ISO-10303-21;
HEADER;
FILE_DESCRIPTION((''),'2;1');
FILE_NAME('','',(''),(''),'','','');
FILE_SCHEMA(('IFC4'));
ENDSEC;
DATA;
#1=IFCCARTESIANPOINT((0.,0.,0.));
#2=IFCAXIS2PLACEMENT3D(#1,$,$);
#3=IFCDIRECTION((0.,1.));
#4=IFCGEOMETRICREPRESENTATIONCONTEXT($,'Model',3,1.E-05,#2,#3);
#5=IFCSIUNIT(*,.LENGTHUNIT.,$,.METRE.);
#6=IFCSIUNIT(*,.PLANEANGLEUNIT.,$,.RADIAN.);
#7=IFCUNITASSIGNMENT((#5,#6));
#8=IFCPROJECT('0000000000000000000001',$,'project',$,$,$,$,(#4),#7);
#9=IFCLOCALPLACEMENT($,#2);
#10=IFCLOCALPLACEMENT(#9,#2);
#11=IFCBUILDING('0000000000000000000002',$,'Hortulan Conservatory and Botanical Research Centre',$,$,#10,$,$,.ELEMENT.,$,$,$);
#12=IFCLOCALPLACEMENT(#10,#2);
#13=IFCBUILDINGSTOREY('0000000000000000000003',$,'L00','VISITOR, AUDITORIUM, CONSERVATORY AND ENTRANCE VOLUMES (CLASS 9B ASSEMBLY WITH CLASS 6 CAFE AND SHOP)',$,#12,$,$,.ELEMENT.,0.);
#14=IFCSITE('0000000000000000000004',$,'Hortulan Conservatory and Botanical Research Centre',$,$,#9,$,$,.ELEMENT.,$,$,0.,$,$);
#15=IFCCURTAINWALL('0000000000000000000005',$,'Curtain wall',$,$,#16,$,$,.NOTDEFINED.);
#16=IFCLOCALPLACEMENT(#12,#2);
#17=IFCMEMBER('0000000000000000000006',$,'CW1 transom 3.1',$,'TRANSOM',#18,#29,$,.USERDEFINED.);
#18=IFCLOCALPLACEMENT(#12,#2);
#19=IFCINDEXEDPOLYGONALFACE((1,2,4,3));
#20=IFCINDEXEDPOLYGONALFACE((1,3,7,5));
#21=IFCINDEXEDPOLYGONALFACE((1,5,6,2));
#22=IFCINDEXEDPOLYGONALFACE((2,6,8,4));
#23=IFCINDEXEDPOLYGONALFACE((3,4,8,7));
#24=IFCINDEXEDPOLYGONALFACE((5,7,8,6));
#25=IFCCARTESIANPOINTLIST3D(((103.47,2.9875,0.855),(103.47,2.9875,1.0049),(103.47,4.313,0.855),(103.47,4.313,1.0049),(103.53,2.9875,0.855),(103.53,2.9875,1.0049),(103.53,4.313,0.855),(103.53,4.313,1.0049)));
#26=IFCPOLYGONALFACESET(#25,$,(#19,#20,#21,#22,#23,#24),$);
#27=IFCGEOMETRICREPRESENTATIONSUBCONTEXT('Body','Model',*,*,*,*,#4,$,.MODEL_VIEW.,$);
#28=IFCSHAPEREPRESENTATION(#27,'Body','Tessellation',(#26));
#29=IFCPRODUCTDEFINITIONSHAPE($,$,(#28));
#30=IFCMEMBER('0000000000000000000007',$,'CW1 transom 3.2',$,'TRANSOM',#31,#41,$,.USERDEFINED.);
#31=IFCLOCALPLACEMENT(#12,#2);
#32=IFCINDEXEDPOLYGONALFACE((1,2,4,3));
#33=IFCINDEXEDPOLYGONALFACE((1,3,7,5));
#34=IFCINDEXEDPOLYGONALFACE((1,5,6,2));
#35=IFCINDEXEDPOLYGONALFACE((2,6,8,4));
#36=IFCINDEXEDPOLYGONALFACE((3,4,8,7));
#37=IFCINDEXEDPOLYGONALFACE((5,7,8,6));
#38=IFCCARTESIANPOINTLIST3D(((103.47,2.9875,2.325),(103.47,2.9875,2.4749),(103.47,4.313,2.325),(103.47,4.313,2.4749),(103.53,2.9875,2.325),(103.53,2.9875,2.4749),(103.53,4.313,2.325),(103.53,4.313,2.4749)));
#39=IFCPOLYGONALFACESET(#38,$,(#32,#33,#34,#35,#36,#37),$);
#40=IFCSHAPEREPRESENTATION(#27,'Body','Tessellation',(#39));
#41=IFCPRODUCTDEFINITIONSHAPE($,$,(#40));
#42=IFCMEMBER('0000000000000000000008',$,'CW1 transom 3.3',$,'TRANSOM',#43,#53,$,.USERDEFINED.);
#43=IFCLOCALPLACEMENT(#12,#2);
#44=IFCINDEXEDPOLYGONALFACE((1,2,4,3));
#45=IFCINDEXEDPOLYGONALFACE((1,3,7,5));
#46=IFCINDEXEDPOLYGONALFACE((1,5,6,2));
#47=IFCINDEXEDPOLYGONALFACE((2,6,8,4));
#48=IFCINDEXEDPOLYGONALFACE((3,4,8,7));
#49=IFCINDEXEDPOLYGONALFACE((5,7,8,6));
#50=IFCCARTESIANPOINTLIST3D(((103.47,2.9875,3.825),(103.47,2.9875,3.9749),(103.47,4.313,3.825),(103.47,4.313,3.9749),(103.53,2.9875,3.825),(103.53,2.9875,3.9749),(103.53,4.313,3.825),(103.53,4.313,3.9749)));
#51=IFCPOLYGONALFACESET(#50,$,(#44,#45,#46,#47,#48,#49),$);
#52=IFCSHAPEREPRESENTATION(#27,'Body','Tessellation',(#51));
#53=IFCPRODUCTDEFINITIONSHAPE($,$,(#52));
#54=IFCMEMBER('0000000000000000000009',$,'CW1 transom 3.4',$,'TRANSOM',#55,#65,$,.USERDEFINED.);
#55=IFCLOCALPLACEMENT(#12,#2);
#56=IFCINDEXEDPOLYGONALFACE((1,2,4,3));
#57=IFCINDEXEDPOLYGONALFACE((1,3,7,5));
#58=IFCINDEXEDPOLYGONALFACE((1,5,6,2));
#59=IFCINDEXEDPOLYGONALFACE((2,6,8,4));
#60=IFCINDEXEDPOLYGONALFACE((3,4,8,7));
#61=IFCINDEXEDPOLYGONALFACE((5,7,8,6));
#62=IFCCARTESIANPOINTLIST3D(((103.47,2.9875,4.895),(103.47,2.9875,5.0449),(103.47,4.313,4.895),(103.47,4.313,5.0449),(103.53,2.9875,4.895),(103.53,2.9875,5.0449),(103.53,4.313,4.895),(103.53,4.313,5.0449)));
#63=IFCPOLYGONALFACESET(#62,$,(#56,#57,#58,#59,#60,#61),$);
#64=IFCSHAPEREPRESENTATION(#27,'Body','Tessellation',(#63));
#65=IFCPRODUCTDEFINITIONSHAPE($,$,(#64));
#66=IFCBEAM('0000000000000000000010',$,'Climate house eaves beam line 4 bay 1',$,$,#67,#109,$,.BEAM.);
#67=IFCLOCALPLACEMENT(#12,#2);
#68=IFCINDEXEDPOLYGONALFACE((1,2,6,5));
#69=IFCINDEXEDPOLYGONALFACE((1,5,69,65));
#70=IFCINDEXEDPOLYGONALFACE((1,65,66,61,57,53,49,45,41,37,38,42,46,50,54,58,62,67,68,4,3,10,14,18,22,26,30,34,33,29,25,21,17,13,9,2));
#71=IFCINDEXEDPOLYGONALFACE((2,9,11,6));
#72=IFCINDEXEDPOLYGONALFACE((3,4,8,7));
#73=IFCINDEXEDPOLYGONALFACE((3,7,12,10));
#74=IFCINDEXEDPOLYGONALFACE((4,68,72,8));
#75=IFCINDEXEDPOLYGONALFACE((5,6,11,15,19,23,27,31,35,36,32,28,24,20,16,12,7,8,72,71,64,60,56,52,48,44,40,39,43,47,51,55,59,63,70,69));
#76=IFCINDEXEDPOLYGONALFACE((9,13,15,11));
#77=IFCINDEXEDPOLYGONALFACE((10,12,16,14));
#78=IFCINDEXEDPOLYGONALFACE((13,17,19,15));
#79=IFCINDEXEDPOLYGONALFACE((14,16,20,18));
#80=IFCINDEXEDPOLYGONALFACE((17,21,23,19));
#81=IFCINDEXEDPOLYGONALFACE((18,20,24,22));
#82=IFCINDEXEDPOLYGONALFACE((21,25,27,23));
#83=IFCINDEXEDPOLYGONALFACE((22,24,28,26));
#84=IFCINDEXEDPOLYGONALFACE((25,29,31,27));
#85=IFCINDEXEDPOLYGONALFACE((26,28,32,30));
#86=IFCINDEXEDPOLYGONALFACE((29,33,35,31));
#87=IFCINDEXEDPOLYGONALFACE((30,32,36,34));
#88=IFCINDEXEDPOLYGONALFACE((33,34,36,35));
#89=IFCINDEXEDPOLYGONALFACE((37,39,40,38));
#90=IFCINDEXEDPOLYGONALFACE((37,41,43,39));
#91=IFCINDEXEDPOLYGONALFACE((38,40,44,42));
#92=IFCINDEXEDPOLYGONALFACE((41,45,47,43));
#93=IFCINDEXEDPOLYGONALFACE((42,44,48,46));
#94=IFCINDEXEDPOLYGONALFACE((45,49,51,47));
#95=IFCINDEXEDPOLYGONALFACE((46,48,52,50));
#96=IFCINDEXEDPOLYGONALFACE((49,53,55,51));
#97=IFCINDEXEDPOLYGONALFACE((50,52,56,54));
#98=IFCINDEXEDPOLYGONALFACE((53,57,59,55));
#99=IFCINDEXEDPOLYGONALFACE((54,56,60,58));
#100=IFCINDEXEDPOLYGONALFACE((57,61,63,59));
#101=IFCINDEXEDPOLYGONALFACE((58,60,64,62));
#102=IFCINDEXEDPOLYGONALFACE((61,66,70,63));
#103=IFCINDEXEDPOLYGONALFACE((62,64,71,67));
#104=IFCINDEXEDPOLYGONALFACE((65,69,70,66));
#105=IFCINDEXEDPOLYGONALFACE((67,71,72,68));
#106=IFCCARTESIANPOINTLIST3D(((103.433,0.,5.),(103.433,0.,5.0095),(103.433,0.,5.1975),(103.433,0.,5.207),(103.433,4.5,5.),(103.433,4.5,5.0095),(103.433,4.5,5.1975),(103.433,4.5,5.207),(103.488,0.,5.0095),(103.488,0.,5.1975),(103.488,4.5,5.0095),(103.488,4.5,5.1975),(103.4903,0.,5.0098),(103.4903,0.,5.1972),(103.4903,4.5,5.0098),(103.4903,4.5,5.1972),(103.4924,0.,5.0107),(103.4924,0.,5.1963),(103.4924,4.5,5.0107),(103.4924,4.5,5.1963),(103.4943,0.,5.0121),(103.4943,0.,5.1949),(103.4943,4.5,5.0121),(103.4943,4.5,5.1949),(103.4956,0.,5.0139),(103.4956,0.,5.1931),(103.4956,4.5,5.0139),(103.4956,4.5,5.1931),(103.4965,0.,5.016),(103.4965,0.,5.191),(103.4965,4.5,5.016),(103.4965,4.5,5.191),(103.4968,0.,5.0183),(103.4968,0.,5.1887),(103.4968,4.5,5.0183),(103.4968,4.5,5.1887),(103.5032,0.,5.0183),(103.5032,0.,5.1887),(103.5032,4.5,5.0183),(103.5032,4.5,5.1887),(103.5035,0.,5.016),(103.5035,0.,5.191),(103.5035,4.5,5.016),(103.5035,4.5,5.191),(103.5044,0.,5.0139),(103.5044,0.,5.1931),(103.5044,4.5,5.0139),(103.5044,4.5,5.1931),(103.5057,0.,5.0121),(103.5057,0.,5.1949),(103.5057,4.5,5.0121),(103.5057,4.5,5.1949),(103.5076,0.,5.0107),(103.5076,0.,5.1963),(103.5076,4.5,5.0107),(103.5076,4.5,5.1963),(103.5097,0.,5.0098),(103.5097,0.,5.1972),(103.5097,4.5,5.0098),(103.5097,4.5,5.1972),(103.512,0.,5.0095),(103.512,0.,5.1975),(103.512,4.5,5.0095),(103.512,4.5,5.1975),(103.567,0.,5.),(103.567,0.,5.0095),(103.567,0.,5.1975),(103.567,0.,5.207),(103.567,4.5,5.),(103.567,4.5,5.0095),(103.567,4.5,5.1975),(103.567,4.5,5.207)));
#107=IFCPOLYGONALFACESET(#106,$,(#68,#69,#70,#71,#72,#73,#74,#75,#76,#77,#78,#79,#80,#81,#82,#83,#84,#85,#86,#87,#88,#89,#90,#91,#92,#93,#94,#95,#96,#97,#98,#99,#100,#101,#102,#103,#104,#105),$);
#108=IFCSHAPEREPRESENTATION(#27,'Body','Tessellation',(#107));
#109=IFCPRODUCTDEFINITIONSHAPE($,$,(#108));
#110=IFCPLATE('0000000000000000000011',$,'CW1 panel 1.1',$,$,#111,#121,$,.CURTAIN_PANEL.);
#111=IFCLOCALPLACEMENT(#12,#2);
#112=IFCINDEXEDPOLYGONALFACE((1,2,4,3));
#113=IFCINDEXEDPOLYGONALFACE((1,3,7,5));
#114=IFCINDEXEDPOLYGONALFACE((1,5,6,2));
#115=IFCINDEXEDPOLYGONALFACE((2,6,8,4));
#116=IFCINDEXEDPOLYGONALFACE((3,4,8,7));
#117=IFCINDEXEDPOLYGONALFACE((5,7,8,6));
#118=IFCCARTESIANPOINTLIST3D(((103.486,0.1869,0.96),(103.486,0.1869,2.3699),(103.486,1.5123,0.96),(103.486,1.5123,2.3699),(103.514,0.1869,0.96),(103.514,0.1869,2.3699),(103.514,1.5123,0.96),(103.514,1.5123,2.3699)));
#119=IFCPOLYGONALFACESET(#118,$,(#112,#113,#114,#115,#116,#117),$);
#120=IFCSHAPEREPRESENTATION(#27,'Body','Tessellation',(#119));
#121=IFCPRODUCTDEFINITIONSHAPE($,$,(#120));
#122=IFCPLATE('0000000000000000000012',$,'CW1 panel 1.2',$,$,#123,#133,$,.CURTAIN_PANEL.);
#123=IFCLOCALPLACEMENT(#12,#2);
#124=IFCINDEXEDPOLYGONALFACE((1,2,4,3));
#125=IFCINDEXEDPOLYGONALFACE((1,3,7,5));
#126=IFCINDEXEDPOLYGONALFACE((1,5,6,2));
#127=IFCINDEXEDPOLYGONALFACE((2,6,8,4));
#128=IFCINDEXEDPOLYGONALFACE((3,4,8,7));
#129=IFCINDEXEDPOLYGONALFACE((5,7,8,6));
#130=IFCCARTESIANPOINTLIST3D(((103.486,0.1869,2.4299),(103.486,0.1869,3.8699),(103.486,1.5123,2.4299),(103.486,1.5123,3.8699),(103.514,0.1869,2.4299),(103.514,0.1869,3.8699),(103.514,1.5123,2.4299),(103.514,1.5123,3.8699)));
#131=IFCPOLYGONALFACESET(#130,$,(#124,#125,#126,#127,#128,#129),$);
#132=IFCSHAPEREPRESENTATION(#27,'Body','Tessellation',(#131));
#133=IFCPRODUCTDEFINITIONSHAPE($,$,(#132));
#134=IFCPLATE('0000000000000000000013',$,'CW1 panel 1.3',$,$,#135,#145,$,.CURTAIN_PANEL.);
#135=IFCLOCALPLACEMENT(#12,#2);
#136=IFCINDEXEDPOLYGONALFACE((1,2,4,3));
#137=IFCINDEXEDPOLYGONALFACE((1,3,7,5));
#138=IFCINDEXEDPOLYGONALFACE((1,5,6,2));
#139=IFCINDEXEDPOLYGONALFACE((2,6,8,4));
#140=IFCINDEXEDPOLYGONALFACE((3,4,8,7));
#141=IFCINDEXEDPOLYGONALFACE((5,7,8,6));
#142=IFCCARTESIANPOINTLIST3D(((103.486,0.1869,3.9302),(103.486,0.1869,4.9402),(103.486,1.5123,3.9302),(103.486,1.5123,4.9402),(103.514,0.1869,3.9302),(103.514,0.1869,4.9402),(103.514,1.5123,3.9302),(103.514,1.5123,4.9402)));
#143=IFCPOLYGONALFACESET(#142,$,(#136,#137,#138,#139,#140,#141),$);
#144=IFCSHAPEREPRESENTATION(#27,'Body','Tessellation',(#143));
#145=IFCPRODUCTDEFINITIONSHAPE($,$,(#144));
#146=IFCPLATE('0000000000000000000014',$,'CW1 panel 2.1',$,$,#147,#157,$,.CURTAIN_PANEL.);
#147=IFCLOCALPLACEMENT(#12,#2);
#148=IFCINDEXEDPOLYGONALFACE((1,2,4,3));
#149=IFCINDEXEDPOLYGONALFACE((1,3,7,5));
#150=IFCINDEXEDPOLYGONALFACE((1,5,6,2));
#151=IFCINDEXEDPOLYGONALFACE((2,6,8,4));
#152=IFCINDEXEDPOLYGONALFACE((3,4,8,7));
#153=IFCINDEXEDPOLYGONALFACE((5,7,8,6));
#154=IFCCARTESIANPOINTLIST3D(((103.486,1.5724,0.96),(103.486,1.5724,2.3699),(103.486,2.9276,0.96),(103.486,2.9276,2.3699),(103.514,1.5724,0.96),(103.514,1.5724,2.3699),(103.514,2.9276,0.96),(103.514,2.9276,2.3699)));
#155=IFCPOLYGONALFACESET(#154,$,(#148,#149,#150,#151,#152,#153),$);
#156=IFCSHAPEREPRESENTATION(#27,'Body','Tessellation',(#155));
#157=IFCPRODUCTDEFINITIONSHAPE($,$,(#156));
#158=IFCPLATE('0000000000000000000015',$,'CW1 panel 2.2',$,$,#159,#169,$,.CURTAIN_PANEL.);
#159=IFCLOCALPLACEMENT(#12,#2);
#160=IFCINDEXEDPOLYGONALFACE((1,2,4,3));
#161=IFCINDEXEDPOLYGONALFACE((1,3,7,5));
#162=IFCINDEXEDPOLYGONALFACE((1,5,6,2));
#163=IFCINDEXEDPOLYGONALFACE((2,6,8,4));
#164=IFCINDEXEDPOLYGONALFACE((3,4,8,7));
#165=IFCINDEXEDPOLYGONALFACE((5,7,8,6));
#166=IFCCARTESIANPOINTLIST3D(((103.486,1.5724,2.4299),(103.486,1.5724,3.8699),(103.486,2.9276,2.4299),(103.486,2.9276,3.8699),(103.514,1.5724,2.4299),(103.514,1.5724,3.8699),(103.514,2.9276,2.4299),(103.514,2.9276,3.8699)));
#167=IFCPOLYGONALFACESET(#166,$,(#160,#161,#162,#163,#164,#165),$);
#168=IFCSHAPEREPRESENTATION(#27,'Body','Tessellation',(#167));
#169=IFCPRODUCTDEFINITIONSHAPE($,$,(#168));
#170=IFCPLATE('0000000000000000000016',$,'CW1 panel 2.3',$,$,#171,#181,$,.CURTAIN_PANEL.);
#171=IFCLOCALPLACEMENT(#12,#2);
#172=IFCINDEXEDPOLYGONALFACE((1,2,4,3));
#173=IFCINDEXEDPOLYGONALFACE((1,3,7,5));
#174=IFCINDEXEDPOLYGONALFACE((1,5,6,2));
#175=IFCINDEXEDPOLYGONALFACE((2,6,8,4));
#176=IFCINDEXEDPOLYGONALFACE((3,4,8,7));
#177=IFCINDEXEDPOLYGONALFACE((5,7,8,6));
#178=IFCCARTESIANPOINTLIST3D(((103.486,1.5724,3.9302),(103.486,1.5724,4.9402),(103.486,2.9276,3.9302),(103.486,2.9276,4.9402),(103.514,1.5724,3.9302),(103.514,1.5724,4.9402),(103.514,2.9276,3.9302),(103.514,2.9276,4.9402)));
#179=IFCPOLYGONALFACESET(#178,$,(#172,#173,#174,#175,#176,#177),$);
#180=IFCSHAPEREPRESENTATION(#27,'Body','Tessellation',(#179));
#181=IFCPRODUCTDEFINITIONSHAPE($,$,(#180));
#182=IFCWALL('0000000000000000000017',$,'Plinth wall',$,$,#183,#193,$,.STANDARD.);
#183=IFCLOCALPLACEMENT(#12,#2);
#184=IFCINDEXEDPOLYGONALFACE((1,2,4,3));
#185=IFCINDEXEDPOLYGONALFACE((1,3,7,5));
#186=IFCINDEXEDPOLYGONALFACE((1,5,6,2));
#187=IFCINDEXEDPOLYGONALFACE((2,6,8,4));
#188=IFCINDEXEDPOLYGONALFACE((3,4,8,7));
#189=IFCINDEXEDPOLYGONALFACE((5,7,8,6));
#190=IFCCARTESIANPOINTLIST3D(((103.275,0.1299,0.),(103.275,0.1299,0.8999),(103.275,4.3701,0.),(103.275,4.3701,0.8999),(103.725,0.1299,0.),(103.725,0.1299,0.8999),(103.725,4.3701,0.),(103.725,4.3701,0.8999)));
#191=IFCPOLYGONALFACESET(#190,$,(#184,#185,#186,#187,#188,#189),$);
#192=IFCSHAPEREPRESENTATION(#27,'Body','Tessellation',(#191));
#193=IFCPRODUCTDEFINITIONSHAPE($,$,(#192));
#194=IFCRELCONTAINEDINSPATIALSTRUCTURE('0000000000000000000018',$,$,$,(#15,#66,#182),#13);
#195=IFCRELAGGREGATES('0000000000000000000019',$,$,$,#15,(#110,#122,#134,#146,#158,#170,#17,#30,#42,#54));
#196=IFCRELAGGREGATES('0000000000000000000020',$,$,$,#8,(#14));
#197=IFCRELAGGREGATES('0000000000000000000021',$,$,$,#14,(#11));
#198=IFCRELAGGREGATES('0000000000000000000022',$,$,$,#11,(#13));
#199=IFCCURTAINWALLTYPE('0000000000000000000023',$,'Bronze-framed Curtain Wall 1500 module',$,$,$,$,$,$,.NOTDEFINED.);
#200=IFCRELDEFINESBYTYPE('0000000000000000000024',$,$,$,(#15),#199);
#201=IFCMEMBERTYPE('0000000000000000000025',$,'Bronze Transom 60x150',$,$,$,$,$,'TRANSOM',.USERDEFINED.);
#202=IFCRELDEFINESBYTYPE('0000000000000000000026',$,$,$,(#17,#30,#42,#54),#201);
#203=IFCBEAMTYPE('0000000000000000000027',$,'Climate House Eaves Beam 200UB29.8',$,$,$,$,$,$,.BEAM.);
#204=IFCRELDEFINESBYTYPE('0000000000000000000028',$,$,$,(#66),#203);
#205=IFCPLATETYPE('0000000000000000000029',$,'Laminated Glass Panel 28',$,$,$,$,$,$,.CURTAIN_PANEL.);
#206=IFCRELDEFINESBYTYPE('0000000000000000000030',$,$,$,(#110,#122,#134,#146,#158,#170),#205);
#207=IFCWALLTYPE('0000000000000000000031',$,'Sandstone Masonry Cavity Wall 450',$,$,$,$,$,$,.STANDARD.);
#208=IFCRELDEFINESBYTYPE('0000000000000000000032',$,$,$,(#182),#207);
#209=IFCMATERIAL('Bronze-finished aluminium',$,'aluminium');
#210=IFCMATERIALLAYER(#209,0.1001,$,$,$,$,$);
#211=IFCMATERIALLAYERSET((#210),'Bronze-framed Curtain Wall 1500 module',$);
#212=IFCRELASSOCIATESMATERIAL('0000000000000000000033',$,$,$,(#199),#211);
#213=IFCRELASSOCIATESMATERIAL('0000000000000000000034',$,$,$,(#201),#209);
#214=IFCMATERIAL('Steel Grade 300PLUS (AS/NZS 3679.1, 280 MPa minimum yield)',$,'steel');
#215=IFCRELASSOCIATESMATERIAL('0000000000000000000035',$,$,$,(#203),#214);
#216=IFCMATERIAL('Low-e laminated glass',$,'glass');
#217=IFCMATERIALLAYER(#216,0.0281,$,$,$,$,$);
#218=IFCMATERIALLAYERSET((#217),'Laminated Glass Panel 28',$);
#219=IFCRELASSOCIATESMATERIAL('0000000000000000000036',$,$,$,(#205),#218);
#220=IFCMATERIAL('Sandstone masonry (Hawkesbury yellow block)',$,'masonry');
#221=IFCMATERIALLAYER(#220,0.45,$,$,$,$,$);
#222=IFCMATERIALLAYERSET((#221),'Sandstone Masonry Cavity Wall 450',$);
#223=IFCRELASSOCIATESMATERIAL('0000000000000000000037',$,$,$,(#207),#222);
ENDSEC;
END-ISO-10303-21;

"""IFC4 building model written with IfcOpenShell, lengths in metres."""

from ifc_helpers import new_model, si_unit, direction, frame, frame_2d, origin, origin_2d, place, context, subcontext, project, spatial, rectangle, i_section, extrude, material, layer, layer_set, material_profile, profile_set, type_object, element, aggregate, save


model = new_model("IFC4")

# Units and contexts
model_context = context("Model", 3, precision=1e-05, world=origin(), true_north=direction((0.0, 1.0)))
body_context = subcontext(model_context, "Body", "Model", "MODEL_VIEW")
ifc_project = project(units=[si_unit("LENGTHUNIT", "METRE"), si_unit("PLANEANGLEUNIT", "RADIAN")], contexts=[model_context])

# Site, building, storey
site_placement = place(None, origin())
site = spatial("IfcSite", under=ifc_project, at=site_placement, Name="Hortulan Conservatory and Botanical Research Centre", CompositionType="ELEMENT", RefElevation=0.0)
building_placement = place(site_placement, origin())
building = spatial("IfcBuilding", under=site, at=building_placement, Name="Hortulan Conservatory and Botanical Research Centre", CompositionType="ELEMENT")
storey_placement = place(building_placement, origin())
storey = spatial("IfcBuildingStorey", under=building, at=storey_placement, Name="L00", Description="VISITOR, AUDITORIUM, CONSERVATORY AND ENTRANCE VOLUMES (CLASS 9B ASSEMBLY WITH CLASS 6 CAFE AND SHOP)", CompositionType="ELEMENT", Elevation=0.0)

# Shared definitions
ifc_material_1 = material(Name="Steel Grade 300PLUS (AS/NZS 3679.1, 280 MPa minimum yield)", Category="steel")

# Curtain wall, members
ifc_material_2 = material(Name="Bronze-finished aluminium", Category="aluminium")
ifc_layer_1 = layer(ifc_material_2, 0.1001)
ifc_layer_set_1 = layer_set([ifc_layer_1], Name="Bronze-framed Curtain Wall 1500 module")
curtain_wall_type = type_object("IfcCurtainWallType", Name="Bronze-framed Curtain Wall 1500 module", PredefinedType="NOTDEFINED", material=ifc_layer_set_1)
curtain_wall_placement = place(storey_placement, origin())
curtain_wall = element("IfcCurtainWall", 1, at=curtain_wall_placement, inside=storey, type_object=curtain_wall_type, Name="Curtain wall", PredefinedType="NOTDEFINED")
ifc_material_profile_1 = material_profile(ifc_material_2, rectangle(XDim=0.0601, YDim=0.1499, at=origin_2d()), Name="Bronze Transom 60x150")
ifc_profile_set_1 = profile_set([ifc_material_profile_1], Name="Bronze-finished aluminium")
member_type_1 = type_object("IfcMemberType", Name="Bronze Transom 60x150", ElementType="TRANSOM", PredefinedType="USERDEFINED", material=ifc_profile_set_1)
member_1_placement = place(storey_placement, frame((103.5, 2.9875, 0.9299), z_axis=(0.0, 1.0, 0.0), x_axis=(-1.0, 0.0, 0.0)))
member_1 = element("IfcMember", 2, at=member_1_placement, type_object=member_type_1, Name="CW1 transom 3.1", ObjectType="TRANSOM", PredefinedType="USERDEFINED", context=body_context, shape_type="SweptSolid", body=[
    extrude(rectangle(XDim=0.0601, YDim=0.1499, at=origin_2d()), origin(), (0.0, 0.0, 1.0), 1.3254),
])
member_2_placement = place(storey_placement, frame((103.5, 2.9875, 2.3999), z_axis=(0.0, 1.0, 0.0), x_axis=(-1.0, 0.0, 0.0)))
member_2 = element("IfcMember", 3, at=member_2_placement, type_object=member_type_1, Name="CW1 transom 3.2", ObjectType="TRANSOM", PredefinedType="USERDEFINED", context=body_context, shape_type="SweptSolid", body=[
    extrude(rectangle(XDim=0.0601, YDim=0.1499, at=origin_2d()), origin(), (0.0, 0.0, 1.0), 1.3254),
])
member_3_placement = place(storey_placement, frame((103.5, 2.9875, 3.8999), z_axis=(0.0, 1.0, 0.0), x_axis=(-1.0, 0.0, 0.0)))
member_3 = element("IfcMember", 4, at=member_3_placement, type_object=member_type_1, Name="CW1 transom 3.3", ObjectType="TRANSOM", PredefinedType="USERDEFINED", context=body_context, shape_type="SweptSolid", body=[
    extrude(rectangle(XDim=0.0601, YDim=0.1499, at=origin_2d()), origin(), (0.0, 0.0, 1.0), 1.3254),
])
member_4_placement = place(storey_placement, frame((103.5, 2.9875, 4.97), z_axis=(0.0, 1.0, 0.0), x_axis=(-1.0, 0.0, 0.0)))
member_4 = element("IfcMember", 5, at=member_4_placement, type_object=member_type_1, Name="CW1 transom 3.4", ObjectType="TRANSOM", PredefinedType="USERDEFINED", context=body_context, shape_type="SweptSolid", body=[
    extrude(rectangle(XDim=0.0601, YDim=0.1499, at=origin_2d()), origin(), (0.0, 0.0, 1.0), 1.3254),
])

# Beam
ifc_material_profile_2 = material_profile(ifc_material_1, i_section(OverallWidth=0.134, OverallDepth=0.207, WebThickness=0.0063, FlangeThickness=0.0095, FilletRadius=0.0088, at=origin_2d()), Name="200UB29.8")
ifc_profile_set_2 = profile_set([ifc_material_profile_2], Name="Steel Grade 300PLUS (AS/NZS 3679.1, 280 MPa minimum yield)")
beam_type = type_object("IfcBeamType", Name="Climate House Eaves Beam 200UB29.8", PredefinedType="BEAM", material=ifc_profile_set_2)
beam_placement = place(storey_placement, frame((103.5, 0.0, 5.1035), z_axis=(0.0, 1.0, 0.0), x_axis=(-1.0, 0.0, 0.0)))
element("IfcBeam", 6, at=beam_placement, inside=storey, type_object=beam_type, Name="Climate house eaves beam line 4 bay 1", PredefinedType="BEAM", context=body_context, shape_type="SweptSolid", body=[
    extrude(i_section(OverallWidth=0.134, OverallDepth=0.207, WebThickness=0.0063, FlangeThickness=0.0095, FilletRadius=0.0088, at=origin_2d()), origin(), (0.0, 0.0, 1.0), 4.5),
])

# Plates
ifc_material_3 = material(Name="Low-e laminated glass", Category="glass")
ifc_layer_2 = layer(ifc_material_3, 0.0281)
ifc_layer_set_2 = layer_set([ifc_layer_2], Name="Laminated Glass Panel 28")
plate_type = type_object("IfcPlateType", Name="Laminated Glass Panel 28", PredefinedType="CURTAIN_PANEL", material=ifc_layer_set_2)
plate_1_placement = place(storey_placement, frame((103.5, 0.8496, 0.96), z_axis=(0.0, 0.0, 1.0), x_axis=(0.0, 1.0, 0.0)))
plate_1 = element("IfcPlate", 7, at=plate_1_placement, type_object=plate_type, Name="CW1 panel 1.1", PredefinedType="CURTAIN_PANEL", context=body_context, shape_type="SweptSolid", body=[
    extrude(rectangle(XDim=1.3254, YDim=0.0281, at=origin_2d()), origin(), (0.0, 0.0, 1.0), 1.4099),
])
plate_2_placement = place(storey_placement, frame((103.5, 0.8496, 2.4299), z_axis=(0.0, 0.0, 1.0), x_axis=(0.0, 1.0, 0.0)))
plate_2 = element("IfcPlate", 8, at=plate_2_placement, type_object=plate_type, Name="CW1 panel 1.2", PredefinedType="CURTAIN_PANEL", context=body_context, shape_type="SweptSolid", body=[
    extrude(rectangle(XDim=1.3254, YDim=0.0281, at=origin_2d()), origin(), (0.0, 0.0, 1.0), 1.4399),
])
plate_3_placement = place(storey_placement, frame((103.5, 0.8496, 3.9302), z_axis=(0.0, 0.0, 1.0), x_axis=(0.0, 1.0, 0.0)))
plate_3 = element("IfcPlate", 9, at=plate_3_placement, type_object=plate_type, Name="CW1 panel 1.3", PredefinedType="CURTAIN_PANEL", context=body_context, shape_type="SweptSolid", body=[
    extrude(rectangle(XDim=1.3254, YDim=0.0281, at=origin_2d()), origin(), (0.0, 0.0, 1.0), 1.01),
])
plate_4_placement = place(storey_placement, frame((103.5, 2.25, 0.96), z_axis=(0.0, 0.0, 1.0), x_axis=(0.0, 1.0, 0.0)))
plate_4 = element("IfcPlate", 10, at=plate_4_placement, type_object=plate_type, Name="CW1 panel 2.1", PredefinedType="CURTAIN_PANEL", context=body_context, shape_type="SweptSolid", body=[
    extrude(rectangle(XDim=1.3552, YDim=0.0281, at=origin_2d()), origin(), (0.0, 0.0, 1.0), 1.4099),
])
plate_5_placement = place(storey_placement, frame((103.5, 2.25, 2.4299), z_axis=(0.0, 0.0, 1.0), x_axis=(0.0, 1.0, 0.0)))
plate_5 = element("IfcPlate", 11, at=plate_5_placement, type_object=plate_type, Name="CW1 panel 2.2", PredefinedType="CURTAIN_PANEL", context=body_context, shape_type="SweptSolid", body=[
    extrude(rectangle(XDim=1.3552, YDim=0.0281, at=origin_2d()), origin(), (0.0, 0.0, 1.0), 1.4399),
])
plate_6_placement = place(storey_placement, frame((103.5, 2.25, 3.9302), z_axis=(0.0, 0.0, 1.0), x_axis=(0.0, 1.0, 0.0)))
plate_6 = element("IfcPlate", 12, at=plate_6_placement, type_object=plate_type, Name="CW1 panel 2.3", PredefinedType="CURTAIN_PANEL", context=body_context, shape_type="SweptSolid", body=[
    extrude(rectangle(XDim=1.3552, YDim=0.0281, at=origin_2d()), origin(), (0.0, 0.0, 1.0), 1.01),
])
aggregate(curtain_wall, [plate_1, plate_2, plate_3, plate_4, plate_5, plate_6, member_1, member_2, member_3, member_4])

# Wall
ifc_material_4 = material(Name="Sandstone masonry (Hawkesbury yellow block)", Category="masonry")
ifc_layer_3 = layer(ifc_material_4, 0.45)
ifc_layer_set_3 = layer_set([ifc_layer_3], Name="Sandstone Masonry Cavity Wall 450")
wall_type = type_object("IfcWallType", Name="Sandstone Masonry Cavity Wall 450", PredefinedType="STANDARD", material=ifc_layer_set_3)
wall_placement = place(storey_placement, frame((103.5, 0.1299, 0.0), z_axis=(0.0, 0.0, 1.0), x_axis=(0.0, 1.0, 0.0)))
element("IfcWall", 13, at=wall_placement, inside=storey, type_object=wall_type, Name="Plinth wall", PredefinedType="STANDARD", context=body_context, shape_type="SweptSolid", body=[
    extrude(rectangle(XDim=4.2402, YDim=0.45, at=frame_2d((2.1201, 0.0))), origin(), (0.0, 0.0, 1.0), 0.8999),
])

save(model, "model.ifc")
